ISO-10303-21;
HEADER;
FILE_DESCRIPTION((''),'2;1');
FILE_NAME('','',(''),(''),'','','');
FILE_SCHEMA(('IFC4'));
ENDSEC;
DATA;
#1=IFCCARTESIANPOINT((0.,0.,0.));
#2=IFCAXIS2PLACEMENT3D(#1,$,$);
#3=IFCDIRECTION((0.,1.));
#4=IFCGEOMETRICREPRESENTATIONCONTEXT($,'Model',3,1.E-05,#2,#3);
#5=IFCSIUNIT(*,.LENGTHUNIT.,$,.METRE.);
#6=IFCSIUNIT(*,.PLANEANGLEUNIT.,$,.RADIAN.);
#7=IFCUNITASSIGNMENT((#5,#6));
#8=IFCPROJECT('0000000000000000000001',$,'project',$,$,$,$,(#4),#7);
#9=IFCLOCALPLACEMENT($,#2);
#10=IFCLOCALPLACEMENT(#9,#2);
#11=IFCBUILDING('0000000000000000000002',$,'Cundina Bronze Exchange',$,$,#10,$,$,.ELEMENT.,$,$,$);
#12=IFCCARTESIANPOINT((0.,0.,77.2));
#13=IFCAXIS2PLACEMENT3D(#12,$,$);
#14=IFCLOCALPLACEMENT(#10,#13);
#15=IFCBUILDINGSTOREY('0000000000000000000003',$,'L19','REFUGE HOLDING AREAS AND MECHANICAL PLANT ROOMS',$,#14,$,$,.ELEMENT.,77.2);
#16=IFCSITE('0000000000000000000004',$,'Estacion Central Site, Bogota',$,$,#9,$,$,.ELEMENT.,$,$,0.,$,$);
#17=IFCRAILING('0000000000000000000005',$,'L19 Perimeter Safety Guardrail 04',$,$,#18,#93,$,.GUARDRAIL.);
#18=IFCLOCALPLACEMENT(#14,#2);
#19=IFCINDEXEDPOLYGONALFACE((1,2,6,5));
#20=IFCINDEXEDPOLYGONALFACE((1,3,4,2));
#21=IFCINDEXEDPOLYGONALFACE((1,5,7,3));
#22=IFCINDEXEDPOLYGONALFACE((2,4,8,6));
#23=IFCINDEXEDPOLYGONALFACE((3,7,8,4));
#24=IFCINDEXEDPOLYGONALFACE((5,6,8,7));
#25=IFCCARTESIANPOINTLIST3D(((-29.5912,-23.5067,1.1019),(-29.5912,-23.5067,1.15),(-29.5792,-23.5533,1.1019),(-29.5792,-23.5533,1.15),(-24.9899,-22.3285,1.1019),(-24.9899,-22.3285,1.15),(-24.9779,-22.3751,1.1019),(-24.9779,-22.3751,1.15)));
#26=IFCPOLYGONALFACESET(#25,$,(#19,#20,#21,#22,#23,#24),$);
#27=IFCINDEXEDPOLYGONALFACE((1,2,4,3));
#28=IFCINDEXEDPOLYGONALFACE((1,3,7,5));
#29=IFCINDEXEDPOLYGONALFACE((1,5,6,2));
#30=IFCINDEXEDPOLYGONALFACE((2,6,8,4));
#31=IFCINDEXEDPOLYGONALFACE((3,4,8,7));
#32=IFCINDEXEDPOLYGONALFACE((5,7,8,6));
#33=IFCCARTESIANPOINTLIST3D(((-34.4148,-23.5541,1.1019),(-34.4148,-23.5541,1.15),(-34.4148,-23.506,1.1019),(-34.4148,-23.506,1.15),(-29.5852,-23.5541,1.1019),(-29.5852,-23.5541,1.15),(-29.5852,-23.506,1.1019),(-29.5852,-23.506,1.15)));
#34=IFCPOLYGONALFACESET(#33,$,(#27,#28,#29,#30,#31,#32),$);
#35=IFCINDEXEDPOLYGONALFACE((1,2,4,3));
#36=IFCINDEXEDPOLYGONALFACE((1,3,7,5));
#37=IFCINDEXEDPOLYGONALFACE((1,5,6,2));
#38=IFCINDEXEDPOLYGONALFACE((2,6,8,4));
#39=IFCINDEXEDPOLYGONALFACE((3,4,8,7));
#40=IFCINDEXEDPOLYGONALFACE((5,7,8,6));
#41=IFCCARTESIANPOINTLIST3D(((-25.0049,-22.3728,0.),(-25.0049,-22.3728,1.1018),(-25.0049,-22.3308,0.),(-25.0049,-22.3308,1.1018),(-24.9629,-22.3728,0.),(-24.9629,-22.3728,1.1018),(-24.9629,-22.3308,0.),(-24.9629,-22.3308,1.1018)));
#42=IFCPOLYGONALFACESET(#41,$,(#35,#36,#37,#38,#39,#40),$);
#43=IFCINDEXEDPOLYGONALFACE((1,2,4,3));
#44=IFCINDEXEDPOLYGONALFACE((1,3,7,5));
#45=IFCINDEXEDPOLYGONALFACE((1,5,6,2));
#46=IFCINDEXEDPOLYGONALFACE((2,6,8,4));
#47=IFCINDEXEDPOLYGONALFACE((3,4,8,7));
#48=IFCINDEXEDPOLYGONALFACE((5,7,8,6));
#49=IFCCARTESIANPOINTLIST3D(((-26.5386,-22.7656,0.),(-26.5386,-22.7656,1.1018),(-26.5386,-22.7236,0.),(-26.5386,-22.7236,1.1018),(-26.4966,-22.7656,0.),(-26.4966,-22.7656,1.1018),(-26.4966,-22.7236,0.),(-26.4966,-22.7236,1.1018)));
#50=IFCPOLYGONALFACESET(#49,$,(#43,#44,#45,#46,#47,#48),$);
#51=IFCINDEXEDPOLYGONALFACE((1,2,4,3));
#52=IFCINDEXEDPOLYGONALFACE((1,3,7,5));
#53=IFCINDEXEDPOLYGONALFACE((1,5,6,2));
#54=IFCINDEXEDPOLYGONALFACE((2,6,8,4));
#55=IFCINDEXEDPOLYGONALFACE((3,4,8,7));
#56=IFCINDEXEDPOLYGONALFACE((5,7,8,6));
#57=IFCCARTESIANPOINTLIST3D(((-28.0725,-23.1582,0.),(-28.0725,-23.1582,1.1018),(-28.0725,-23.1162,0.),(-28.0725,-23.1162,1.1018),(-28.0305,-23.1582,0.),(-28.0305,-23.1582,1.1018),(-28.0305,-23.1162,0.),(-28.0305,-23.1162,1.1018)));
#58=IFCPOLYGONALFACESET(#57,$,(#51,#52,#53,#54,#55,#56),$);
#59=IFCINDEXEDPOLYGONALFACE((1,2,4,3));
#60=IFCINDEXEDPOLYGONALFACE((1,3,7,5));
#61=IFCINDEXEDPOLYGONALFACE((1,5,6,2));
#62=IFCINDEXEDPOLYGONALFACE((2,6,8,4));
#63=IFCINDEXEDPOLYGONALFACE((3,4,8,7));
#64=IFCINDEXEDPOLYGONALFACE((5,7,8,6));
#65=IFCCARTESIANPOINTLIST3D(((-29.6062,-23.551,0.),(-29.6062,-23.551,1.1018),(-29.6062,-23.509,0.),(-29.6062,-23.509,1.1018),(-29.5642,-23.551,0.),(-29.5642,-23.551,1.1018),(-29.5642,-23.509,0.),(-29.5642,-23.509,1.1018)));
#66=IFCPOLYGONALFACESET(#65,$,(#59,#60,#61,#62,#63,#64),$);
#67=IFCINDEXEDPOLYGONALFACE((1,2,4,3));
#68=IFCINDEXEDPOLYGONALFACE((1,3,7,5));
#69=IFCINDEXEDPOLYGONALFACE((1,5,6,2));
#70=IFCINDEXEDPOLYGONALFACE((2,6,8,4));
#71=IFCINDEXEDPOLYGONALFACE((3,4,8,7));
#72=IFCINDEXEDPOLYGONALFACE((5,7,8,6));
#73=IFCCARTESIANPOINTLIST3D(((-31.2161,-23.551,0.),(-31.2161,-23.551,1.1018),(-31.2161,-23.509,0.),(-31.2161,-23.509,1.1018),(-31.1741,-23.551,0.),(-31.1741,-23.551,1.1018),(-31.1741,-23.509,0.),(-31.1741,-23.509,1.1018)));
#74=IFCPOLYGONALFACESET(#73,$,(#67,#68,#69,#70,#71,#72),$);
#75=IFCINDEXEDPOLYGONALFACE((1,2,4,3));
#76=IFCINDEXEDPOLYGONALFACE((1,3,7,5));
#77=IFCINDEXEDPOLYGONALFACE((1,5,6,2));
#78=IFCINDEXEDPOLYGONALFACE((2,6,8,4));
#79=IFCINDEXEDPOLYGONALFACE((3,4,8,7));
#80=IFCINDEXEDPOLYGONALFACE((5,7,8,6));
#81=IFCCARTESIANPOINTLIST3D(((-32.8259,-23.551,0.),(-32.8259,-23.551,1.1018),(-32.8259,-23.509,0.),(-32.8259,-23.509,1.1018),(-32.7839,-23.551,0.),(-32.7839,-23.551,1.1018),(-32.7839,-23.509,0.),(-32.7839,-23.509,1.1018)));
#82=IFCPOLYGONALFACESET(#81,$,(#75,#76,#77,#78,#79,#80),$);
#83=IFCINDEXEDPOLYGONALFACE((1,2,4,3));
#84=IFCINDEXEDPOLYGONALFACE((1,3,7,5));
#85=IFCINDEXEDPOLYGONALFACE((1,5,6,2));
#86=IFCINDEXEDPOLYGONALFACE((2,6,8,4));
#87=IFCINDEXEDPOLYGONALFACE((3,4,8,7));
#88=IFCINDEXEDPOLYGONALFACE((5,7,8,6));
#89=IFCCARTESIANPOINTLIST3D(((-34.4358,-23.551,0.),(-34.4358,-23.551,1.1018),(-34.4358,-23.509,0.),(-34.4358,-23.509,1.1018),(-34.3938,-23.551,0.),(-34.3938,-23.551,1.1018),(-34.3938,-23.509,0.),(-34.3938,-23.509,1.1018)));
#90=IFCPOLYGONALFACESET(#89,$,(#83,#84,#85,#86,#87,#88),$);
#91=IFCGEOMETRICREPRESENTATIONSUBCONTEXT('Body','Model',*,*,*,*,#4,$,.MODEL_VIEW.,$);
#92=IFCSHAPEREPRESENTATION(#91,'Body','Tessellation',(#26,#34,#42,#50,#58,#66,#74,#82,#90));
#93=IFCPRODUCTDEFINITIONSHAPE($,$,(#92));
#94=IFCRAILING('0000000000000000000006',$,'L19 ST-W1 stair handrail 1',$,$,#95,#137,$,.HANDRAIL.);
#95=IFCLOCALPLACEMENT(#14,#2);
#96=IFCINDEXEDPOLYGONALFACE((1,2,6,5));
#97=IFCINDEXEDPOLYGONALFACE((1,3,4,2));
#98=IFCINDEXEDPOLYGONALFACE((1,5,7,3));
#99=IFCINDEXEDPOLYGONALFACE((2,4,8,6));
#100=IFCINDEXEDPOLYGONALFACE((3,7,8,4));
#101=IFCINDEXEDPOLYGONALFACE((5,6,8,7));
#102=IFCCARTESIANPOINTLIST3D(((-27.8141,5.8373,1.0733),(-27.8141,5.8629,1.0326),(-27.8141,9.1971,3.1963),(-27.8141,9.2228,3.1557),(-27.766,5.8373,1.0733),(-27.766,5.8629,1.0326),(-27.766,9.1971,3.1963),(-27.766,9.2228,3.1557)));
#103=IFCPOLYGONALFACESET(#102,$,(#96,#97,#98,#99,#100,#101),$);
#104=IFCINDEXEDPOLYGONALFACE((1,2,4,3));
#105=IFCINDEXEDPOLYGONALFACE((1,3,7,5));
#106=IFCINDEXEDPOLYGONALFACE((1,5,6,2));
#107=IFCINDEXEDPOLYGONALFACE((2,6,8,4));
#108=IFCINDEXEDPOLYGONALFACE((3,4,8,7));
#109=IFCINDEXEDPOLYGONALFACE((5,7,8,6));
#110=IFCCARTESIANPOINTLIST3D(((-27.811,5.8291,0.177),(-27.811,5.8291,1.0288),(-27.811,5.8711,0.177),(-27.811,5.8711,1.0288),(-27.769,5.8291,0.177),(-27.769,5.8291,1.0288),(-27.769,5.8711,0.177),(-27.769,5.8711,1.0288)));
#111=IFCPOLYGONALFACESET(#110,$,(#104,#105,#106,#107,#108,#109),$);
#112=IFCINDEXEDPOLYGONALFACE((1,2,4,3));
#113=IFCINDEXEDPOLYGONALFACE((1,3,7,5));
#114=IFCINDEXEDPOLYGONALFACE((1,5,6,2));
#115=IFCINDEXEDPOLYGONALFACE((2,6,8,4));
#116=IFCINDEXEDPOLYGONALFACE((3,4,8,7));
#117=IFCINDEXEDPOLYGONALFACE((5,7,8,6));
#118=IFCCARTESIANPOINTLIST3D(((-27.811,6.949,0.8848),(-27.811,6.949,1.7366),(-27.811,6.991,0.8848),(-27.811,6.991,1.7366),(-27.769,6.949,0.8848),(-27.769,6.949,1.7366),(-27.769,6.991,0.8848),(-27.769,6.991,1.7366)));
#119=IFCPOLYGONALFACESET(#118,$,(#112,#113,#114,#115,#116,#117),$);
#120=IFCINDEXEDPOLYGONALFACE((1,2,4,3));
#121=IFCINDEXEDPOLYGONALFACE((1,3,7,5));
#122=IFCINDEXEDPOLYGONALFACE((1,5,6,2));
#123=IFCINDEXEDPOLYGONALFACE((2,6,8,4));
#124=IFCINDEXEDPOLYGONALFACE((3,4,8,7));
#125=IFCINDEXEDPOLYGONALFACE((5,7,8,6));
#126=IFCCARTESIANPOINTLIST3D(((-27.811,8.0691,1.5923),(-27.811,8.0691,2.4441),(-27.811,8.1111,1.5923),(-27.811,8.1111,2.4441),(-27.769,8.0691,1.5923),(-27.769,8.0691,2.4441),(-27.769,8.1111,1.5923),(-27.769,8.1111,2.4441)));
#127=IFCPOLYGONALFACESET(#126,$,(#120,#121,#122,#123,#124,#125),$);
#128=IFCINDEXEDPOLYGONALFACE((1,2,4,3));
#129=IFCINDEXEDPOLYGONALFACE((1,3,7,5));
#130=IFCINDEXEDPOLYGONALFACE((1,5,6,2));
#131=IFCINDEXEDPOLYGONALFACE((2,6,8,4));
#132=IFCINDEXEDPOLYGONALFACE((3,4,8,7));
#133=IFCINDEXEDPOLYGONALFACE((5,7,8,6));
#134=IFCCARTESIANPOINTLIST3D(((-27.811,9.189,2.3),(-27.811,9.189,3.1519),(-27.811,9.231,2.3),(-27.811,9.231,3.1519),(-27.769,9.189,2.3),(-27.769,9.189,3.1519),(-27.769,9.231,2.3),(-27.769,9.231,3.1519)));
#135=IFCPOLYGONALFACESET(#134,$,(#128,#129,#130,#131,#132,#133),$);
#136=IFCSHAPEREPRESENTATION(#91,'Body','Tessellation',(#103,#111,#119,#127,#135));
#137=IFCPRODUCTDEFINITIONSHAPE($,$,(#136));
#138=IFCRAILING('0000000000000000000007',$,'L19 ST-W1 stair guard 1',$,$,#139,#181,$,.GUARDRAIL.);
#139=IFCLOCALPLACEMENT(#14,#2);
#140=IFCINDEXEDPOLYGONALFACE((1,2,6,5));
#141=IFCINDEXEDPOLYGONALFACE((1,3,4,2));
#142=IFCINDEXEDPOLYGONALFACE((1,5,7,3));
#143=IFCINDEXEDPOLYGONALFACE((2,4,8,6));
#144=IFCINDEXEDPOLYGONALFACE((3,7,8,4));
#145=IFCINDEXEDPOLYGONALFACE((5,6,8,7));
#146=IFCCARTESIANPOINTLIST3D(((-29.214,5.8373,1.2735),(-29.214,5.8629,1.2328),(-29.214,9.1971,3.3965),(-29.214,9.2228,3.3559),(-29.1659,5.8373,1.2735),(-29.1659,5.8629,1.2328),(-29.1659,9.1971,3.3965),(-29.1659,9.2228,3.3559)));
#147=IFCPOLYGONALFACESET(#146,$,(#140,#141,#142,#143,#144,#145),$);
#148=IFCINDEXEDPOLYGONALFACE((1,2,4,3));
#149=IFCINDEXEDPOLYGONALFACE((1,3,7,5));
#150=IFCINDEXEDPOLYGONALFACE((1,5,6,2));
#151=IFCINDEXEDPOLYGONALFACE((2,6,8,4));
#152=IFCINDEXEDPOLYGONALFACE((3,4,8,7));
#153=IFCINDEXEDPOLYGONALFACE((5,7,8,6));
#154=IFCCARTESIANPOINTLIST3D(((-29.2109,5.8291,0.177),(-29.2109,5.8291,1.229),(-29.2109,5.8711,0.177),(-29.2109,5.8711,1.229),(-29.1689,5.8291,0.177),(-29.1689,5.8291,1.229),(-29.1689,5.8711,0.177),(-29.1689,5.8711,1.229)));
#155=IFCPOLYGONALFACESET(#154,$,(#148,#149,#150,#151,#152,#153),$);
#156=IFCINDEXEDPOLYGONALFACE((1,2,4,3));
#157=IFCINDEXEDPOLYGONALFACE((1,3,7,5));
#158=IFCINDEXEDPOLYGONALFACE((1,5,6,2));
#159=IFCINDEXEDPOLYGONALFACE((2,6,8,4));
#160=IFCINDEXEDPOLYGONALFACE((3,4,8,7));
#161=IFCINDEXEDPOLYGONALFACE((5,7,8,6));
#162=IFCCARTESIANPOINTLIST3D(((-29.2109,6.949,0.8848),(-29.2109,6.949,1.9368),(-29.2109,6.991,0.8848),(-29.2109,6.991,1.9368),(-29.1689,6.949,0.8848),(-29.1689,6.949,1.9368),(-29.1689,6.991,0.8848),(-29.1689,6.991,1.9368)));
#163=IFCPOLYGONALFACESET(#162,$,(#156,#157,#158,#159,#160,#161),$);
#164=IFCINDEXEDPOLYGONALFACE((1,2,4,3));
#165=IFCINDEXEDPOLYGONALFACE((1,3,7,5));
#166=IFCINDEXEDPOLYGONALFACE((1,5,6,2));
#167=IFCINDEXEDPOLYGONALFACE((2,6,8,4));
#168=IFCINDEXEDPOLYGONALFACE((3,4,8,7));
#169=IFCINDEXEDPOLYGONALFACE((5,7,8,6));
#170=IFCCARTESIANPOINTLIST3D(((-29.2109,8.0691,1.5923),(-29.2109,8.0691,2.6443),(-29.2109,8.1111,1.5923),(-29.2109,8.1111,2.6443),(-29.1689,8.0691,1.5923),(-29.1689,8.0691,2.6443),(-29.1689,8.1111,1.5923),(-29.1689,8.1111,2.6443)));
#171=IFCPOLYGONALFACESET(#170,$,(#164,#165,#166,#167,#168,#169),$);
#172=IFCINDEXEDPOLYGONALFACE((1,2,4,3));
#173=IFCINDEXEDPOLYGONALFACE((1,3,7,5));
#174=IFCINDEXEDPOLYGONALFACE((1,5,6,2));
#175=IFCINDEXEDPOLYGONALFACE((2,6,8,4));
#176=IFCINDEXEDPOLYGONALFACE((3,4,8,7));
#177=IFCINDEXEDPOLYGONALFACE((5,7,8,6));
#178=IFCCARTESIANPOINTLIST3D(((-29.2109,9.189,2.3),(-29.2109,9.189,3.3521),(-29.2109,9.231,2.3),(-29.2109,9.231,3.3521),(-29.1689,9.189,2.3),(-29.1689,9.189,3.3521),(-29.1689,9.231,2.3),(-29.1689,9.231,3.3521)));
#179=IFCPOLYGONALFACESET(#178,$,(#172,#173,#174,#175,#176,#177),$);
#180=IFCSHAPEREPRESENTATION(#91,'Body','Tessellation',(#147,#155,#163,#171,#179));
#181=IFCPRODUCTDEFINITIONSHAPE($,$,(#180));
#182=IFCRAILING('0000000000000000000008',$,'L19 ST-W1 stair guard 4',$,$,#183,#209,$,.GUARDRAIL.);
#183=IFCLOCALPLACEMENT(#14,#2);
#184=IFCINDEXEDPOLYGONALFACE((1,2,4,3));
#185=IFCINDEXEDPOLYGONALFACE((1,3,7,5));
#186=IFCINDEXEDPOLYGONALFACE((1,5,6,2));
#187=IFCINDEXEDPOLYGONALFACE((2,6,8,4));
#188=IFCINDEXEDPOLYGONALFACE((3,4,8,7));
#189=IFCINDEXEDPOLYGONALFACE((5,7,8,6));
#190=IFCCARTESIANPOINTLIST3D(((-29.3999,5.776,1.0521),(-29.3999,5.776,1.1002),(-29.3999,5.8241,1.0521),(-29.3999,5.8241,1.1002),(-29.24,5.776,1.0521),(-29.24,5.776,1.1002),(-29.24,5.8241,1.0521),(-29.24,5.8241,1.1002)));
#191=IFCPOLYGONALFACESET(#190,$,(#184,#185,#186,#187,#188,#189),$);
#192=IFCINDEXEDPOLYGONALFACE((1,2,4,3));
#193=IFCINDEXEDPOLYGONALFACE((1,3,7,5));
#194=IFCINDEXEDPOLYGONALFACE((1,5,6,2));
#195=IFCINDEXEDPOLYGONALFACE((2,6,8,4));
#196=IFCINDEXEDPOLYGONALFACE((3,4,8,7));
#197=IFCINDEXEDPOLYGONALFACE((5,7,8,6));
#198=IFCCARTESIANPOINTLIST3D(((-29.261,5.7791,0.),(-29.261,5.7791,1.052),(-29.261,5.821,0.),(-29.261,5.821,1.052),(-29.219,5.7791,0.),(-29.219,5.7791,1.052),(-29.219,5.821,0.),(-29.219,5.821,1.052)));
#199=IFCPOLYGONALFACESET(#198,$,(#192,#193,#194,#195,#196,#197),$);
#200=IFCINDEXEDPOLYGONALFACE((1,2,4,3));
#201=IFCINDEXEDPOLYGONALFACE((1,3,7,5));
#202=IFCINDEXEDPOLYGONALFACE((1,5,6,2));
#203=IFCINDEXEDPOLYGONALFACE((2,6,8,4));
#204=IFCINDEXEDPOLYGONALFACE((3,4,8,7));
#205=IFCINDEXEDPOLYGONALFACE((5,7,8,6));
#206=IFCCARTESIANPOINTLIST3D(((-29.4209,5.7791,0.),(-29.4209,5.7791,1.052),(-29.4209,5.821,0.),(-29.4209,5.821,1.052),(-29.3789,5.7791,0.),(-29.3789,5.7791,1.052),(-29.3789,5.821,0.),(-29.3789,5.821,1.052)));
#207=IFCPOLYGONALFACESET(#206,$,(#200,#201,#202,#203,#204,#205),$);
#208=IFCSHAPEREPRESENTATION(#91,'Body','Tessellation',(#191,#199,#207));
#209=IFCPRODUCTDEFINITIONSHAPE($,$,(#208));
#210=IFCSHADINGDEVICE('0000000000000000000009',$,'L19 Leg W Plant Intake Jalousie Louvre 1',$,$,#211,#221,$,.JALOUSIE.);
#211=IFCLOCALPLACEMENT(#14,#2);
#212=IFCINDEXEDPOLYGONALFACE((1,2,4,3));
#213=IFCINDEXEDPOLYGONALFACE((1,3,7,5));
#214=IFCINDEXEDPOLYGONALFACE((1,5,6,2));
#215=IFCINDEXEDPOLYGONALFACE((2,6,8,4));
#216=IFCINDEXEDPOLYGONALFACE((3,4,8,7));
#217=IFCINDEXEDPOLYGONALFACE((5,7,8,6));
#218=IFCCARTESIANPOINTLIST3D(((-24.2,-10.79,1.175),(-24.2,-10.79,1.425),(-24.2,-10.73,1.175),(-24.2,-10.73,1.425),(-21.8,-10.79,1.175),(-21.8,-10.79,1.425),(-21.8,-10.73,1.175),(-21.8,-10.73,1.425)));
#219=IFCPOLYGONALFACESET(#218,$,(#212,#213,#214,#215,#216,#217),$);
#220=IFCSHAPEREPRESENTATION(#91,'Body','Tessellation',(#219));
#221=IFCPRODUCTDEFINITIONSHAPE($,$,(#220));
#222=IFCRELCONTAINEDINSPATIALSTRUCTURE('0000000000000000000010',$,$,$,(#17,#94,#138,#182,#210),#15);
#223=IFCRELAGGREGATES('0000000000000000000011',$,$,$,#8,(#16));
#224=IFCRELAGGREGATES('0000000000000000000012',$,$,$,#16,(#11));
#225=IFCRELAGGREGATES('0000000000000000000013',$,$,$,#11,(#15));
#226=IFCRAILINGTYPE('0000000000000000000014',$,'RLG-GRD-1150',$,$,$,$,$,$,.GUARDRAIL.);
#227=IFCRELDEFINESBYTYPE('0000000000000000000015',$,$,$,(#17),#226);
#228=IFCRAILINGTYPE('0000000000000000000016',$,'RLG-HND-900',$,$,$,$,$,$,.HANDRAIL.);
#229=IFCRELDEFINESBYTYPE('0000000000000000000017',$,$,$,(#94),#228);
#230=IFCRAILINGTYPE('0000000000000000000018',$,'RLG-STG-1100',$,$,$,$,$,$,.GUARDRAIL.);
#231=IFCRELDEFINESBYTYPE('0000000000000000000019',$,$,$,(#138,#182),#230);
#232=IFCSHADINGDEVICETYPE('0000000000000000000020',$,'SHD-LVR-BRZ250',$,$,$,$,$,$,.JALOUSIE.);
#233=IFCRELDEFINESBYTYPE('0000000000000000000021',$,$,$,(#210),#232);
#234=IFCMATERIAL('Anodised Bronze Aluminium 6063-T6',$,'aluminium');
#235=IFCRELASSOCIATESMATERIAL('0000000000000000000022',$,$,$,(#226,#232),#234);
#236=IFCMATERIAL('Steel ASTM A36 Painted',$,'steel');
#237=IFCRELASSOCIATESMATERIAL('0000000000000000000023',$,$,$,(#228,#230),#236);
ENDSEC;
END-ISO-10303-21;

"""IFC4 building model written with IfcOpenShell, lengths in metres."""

from ifc_helpers import new_model, si_unit, direction, frame, origin, origin_2d, place, context, subcontext, project, spatial, rectangle, extrude, material, material_profile, profile_set, type_object, element, save


model = new_model("IFC4")

# Units and contexts
model_context = context("Model", 3, precision=1e-05, world=origin(), true_north=direction((0.0, 1.0)))
body_context = subcontext(model_context, "Body", "Model", "MODEL_VIEW")
ifc_project = project(units=[si_unit("LENGTHUNIT", "METRE"), si_unit("PLANEANGLEUNIT", "RADIAN")], contexts=[model_context])

# Site, building, storey
site_placement = place(None, origin())
site = spatial("IfcSite", under=ifc_project, at=site_placement, Name="Estacion Central Site, Bogota", CompositionType="ELEMENT", RefElevation=0.0)
building_placement = place(site_placement, origin())
building = spatial("IfcBuilding", under=site, at=building_placement, Name="Cundina Bronze Exchange", CompositionType="ELEMENT")
storey_placement = place(building_placement, frame((0.0, 0.0, 77.2)))
storey = spatial("IfcBuildingStorey", under=building, at=storey_placement, Name="L19", Description="REFUGE HOLDING AREAS AND MECHANICAL PLANT ROOMS", CompositionType="ELEMENT", Elevation=77.2)

# Shared definitions
ifc_material_1 = material(Name="Steel ASTM A36 Painted", Category="steel")

# Railings
ifc_material_2 = material(Name="Anodised Bronze Aluminium 6063-T6", Category="aluminium")
railing_type_1 = type_object("IfcRailingType", Name="RLG-GRD-1150", PredefinedType="GUARDRAIL", material=ifc_material_2)
railing_1_placement = place(storey_placement, frame((-24.9839, -22.3518, 0.0)))
element("IfcRailing", 1, at=railing_1_placement, inside=storey, type_object=railing_type_1, Name="L19 Perimeter Safety Guardrail 04", PredefinedType="GUARDRAIL", context=body_context, shape_type="SweptSolid", body=[
    extrude(rectangle(XDim=0.0481, YDim=0.0481, at=origin_2d()), frame((0.0, 0.0, 1.126), z_axis=(-0.968745, -0.248059, 0.0), x_axis=(0.248059, -0.968745, 0.0)), (0.0, 0.0, 1.0), 4.7498),
    extrude(rectangle(XDim=0.0481, YDim=0.0481, at=origin_2d()), frame((-4.6013, -1.1782, 1.126), z_axis=(-1.0, 0.0, 0.0), x_axis=(0.0, -1.0, 0.0)), (0.0, 0.0, 1.0), 4.8296),
    extrude(rectangle(XDim=0.042, YDim=0.042, at=origin_2d()), origin(), (0.0, 0.0, 1.0), 1.1018),
    extrude(rectangle(XDim=0.042, YDim=0.042, at=origin_2d()), frame((-1.5337, -0.3928, 0.0)), (0.0, 0.0, 1.0), 1.1018),
    extrude(rectangle(XDim=0.042, YDim=0.042, at=origin_2d()), frame((-3.0676, -0.7854, 0.0)), (0.0, 0.0, 1.0), 1.1018),
    extrude(rectangle(XDim=0.042, YDim=0.042, at=origin_2d()), frame((-4.6013, -1.1782, 0.0)), (0.0, 0.0, 1.0), 1.1018),
    extrude(rectangle(XDim=0.042, YDim=0.042, at=origin_2d()), frame((-6.2112, -1.1782, 0.0)), (0.0, 0.0, 1.0), 1.1018),
    extrude(rectangle(XDim=0.042, YDim=0.042, at=origin_2d()), frame((-7.821, -1.1782, 0.0)), (0.0, 0.0, 1.0), 1.1018),
    extrude(rectangle(XDim=0.042, YDim=0.042, at=origin_2d()), frame((-9.4309, -1.1782, 0.0)), (0.0, 0.0, 1.0), 1.1018),
])
railing_type_2 = type_object("IfcRailingType", Name="RLG-HND-900", PredefinedType="HANDRAIL", material=ifc_material_1)
railing_2_placement = place(storey_placement, frame((-27.79, 5.8501, 0.177)))
element("IfcRailing", 2, at=railing_2_placement, inside=storey, type_object=railing_type_2, Name="L19 ST-W1 stair handrail 1", PredefinedType="HANDRAIL", context=body_context, shape_type="SweptSolid", body=[
    extrude(rectangle(XDim=0.0481, YDim=0.0481, at=origin_2d()), frame((0.0, 0.0, 0.876), z_axis=(0.0, 0.845372, 0.534178), x_axis=(-1.0, 0.0, 0.0)), (0.0, 0.0, 1.0), 3.9744),
    extrude(rectangle(XDim=0.042, YDim=0.042, at=origin_2d()), origin(), (0.0, 0.0, 1.0), 0.8518),
    extrude(rectangle(XDim=0.042, YDim=0.042, at=origin_2d()), frame((0.0, 1.1199, 0.7078)), (0.0, 0.0, 1.0), 0.8518),
    extrude(rectangle(XDim=0.042, YDim=0.042, at=origin_2d()), frame((0.0, 2.24, 1.4153)), (0.0, 0.0, 1.0), 0.8518),
    extrude(rectangle(XDim=0.042, YDim=0.042, at=origin_2d()), frame((0.0, 3.3599, 2.123)), (0.0, 0.0, 1.0), 0.8518),
])
railing_type_3 = type_object("IfcRailingType", Name="RLG-STG-1100", PredefinedType="GUARDRAIL", material=ifc_material_1)
railing_3_placement = place(storey_placement, frame((-29.1899, 5.8501, 0.177)))
element("IfcRailing", 3, at=railing_3_placement, inside=storey, type_object=railing_type_3, Name="L19 ST-W1 stair guard 1", PredefinedType="GUARDRAIL", context=body_context, shape_type="SweptSolid", body=[
    extrude(rectangle(XDim=0.0481, YDim=0.0481, at=origin_2d()), frame((0.0, 0.0, 1.0762), z_axis=(0.0, 0.845372, 0.534178), x_axis=(-1.0, 0.0, 0.0)), (0.0, 0.0, 1.0), 3.9744),
    extrude(rectangle(XDim=0.042, YDim=0.042, at=origin_2d()), origin(), (0.0, 0.0, 1.0), 1.052),
    extrude(rectangle(XDim=0.042, YDim=0.042, at=origin_2d()), frame((0.0, 1.1199, 0.7078)), (0.0, 0.0, 1.0), 1.052),
    extrude(rectangle(XDim=0.042, YDim=0.042, at=origin_2d()), frame((0.0, 2.24, 1.4153)), (0.0, 0.0, 1.0), 1.052),
    extrude(rectangle(XDim=0.042, YDim=0.042, at=origin_2d()), frame((0.0, 3.3599, 2.123)), (0.0, 0.0, 1.0), 1.052),
])
railing_4_placement = place(storey_placement, frame((-29.24, 5.8, 0.0)))
element("IfcRailing", 4, at=railing_4_placement, inside=storey, type_object=railing_type_3, Name="L19 ST-W1 stair guard 4", PredefinedType="GUARDRAIL", context=body_context, shape_type="SweptSolid", body=[
    extrude(rectangle(XDim=0.0481, YDim=0.0481, at=origin_2d()), frame((0.0, 0.0, 1.0762), z_axis=(-1.0, 0.0, 0.0), x_axis=(0.0, -1.0, 0.0)), (0.0, 0.0, 1.0), 0.1599),
    extrude(rectangle(XDim=0.042, YDim=0.042, at=origin_2d()), origin(), (0.0, 0.0, 1.0), 1.052),
    extrude(rectangle(XDim=0.042, YDim=0.042, at=origin_2d()), frame((-0.1599, 0.0, 0.0)), (0.0, 0.0, 1.0), 1.052),
])

# Shading device
ifc_material_profile_1 = material_profile(ifc_material_2, rectangle(XDim=0.0601, YDim=0.25, at=origin_2d()), Name="LVR60X250", Category="aluminium")
ifc_profile_set_1 = profile_set([ifc_material_profile_1], Name="Anodised Bronze Aluminium 6063-T6")
shading_device_type = type_object("IfcShadingDeviceType", Name="SHD-LVR-BRZ250", PredefinedType="JALOUSIE", material=ifc_profile_set_1)
for number, where, z_axis, x_axis, name in (
    (5, (-24.2, -10.76, 1.3), (1.0, 0.0, 0.0), (0.0, 1.0, 0.0), "L19 Leg W Plant Intake Jalousie Louvre 1"),
):
    element("IfcShadingDevice", number, at=place(storey_placement, frame(where, z_axis=z_axis, x_axis=x_axis)), inside=storey, type_object=shading_device_type, Name=name, PredefinedType="JALOUSIE", context=body_context, shape_type="SweptSolid", body=[
        extrude(rectangle(XDim=0.0601, YDim=0.25, at=origin_2d()), origin(), (0.0, 0.0, 1.0), 2.3999),
    ])

save(model, "model.ifc")
